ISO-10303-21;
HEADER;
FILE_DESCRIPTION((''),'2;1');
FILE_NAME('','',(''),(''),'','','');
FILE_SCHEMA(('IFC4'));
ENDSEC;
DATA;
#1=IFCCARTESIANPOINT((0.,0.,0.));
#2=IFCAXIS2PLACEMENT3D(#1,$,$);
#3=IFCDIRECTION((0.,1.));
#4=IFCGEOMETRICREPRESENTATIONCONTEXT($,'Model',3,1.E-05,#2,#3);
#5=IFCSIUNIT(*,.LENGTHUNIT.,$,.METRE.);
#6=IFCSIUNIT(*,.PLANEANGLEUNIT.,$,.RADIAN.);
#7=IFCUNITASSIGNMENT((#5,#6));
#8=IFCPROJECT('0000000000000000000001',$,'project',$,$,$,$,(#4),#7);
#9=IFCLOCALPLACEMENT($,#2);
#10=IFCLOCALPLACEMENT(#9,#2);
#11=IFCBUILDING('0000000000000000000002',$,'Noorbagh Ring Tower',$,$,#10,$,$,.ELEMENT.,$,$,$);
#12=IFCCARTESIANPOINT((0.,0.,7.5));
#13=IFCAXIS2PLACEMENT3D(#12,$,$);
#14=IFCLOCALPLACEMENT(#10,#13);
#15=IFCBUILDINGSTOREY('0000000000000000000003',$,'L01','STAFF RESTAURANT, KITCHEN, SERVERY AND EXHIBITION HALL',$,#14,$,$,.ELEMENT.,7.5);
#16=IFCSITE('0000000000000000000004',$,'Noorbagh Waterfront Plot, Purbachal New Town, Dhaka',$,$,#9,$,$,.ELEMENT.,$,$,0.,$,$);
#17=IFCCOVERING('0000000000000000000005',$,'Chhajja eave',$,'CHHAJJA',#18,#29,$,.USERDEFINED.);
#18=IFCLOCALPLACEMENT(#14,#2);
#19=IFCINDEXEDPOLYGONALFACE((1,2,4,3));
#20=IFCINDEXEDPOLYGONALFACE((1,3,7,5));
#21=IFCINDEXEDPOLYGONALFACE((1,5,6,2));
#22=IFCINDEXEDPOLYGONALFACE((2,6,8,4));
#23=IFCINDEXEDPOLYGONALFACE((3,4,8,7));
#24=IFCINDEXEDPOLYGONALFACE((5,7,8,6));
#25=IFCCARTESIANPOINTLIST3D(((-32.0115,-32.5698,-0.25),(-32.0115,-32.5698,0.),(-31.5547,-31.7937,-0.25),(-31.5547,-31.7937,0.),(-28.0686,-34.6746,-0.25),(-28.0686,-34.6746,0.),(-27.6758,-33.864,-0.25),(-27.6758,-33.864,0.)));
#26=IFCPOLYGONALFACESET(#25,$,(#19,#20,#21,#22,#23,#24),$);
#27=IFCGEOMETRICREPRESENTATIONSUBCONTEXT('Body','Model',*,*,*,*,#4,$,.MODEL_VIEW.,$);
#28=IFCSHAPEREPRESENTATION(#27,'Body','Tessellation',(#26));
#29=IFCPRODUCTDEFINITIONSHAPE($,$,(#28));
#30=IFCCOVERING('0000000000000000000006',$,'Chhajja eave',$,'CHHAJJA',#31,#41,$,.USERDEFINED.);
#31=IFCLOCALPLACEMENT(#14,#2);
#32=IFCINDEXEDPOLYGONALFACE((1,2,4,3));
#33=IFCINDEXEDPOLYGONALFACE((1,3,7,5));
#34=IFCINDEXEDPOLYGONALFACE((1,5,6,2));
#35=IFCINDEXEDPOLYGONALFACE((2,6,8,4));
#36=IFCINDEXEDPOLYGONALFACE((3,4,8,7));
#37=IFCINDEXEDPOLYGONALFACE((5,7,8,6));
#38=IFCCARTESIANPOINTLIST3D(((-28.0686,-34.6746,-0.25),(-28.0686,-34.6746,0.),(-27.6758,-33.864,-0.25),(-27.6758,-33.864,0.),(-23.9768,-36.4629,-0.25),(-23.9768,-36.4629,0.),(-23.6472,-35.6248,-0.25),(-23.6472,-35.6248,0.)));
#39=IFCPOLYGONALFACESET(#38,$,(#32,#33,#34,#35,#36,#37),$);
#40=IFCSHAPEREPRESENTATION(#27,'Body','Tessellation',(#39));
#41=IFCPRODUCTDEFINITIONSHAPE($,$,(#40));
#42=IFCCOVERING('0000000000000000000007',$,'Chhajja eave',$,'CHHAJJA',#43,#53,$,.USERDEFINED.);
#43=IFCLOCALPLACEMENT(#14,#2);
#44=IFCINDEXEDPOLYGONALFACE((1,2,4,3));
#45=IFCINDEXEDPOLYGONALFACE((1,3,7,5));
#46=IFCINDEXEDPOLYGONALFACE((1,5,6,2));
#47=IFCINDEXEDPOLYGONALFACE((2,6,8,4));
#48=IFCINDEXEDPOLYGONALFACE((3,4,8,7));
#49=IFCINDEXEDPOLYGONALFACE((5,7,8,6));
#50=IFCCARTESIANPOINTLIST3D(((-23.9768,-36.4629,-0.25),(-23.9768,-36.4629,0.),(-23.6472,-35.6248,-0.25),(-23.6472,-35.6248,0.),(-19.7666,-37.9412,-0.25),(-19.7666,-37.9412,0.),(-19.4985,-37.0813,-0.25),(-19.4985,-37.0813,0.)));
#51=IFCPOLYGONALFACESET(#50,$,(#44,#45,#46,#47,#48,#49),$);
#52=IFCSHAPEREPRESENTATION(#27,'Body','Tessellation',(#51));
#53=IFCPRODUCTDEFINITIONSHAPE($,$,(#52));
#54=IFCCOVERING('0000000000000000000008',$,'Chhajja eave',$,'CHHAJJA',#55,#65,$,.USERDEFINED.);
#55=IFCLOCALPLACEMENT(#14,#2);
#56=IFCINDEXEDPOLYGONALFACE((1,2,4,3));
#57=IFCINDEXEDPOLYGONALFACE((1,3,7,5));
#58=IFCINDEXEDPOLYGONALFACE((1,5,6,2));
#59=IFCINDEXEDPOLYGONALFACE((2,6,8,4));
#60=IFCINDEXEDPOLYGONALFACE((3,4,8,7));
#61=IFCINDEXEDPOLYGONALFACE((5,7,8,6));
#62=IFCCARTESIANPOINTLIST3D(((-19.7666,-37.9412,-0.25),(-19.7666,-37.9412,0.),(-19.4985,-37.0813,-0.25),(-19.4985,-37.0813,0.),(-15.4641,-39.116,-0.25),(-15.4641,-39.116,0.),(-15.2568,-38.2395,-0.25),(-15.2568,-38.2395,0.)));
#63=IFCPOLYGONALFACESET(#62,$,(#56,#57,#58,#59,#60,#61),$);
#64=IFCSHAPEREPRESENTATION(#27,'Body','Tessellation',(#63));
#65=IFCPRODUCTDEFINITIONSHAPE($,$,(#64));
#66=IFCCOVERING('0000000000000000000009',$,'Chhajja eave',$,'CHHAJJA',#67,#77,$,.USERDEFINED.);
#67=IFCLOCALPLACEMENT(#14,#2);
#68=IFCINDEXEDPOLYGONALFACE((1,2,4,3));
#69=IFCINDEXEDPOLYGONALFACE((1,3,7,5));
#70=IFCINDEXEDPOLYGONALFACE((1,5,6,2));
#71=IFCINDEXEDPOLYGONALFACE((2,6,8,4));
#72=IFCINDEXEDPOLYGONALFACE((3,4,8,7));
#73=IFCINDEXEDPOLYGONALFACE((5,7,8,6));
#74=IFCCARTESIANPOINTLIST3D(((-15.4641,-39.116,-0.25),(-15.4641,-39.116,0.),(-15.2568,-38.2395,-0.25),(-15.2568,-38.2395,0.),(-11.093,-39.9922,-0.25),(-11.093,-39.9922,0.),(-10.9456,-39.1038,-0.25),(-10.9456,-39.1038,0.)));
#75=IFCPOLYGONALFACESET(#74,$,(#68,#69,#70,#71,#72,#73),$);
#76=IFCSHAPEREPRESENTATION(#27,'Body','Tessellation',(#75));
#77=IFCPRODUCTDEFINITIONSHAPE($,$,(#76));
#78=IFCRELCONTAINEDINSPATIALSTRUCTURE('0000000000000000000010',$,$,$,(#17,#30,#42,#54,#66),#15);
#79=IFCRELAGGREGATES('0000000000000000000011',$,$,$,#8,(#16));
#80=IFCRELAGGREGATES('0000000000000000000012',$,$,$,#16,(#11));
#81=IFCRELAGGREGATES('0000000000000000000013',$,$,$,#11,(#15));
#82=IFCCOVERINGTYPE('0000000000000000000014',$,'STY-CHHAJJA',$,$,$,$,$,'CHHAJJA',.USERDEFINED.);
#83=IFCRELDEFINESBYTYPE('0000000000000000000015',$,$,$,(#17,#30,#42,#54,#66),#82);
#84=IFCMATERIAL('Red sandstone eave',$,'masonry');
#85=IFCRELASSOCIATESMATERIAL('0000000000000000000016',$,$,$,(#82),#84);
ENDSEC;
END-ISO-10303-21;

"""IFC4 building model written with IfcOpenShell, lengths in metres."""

from ifc_helpers import new_model, si_unit, direction, frame, origin, place, context, subcontext, project, spatial, polyline, outline, extrude, material, type_object, element, save


model = new_model("IFC4")

# Units and contexts
model_context = context("Model", 3, precision=1e-05, world=origin(), true_north=direction((0.0, 1.0)))
body_context = subcontext(model_context, "Body", "Model", "MODEL_VIEW")
ifc_project = project(units=[si_unit("LENGTHUNIT", "METRE"), si_unit("PLANEANGLEUNIT", "RADIAN")], contexts=[model_context])

# Site, building, storey
site_placement = place(None, origin())
site = spatial("IfcSite", under=ifc_project, at=site_placement, Name="Noorbagh Waterfront Plot, Purbachal New Town, Dhaka", CompositionType="ELEMENT", RefElevation=0.0)
building_placement = place(site_placement, origin())
building = spatial("IfcBuilding", under=site, at=building_placement, Name="Noorbagh Ring Tower", CompositionType="ELEMENT")
storey_placement = place(building_placement, frame((0.0, 0.0, 7.5)))
storey = spatial("IfcBuildingStorey", under=building, at=storey_placement, Name="L01", Description="STAFF RESTAURANT, KITCHEN, SERVERY AND EXHIBITION HALL", CompositionType="ELEMENT", Elevation=7.5)

# Coverings
ifc_material_1 = material(Name="Red sandstone eave", Category="masonry")
covering_type_1 = type_object("IfcCoveringType", Name="STY-CHHAJJA", ElementType="CHHAJJA", PredefinedType="USERDEFINED", material=ifc_material_1)
covering_1_placement = place(storey_placement, frame((0.0, 0.0, -0.25)))
element("IfcCovering", 1, at=covering_1_placement, inside=storey, type_object=covering_type_1, Name="Chhajja eave", ObjectType="CHHAJJA", PredefinedType="USERDEFINED", context=body_context, shape_type="SweptSolid", body=[
    extrude(outline(polyline([(-31.5547, -31.7937), (-27.6758, -33.864), (-28.0686, -34.6746), (-32.0115, -32.5698), (-31.5547, -31.7937)])), origin(), (0.0, 0.0, 1.0), 0.25),
])
covering_2_placement = place(storey_placement, frame((0.0, 0.0, -0.25)))
element("IfcCovering", 2, at=covering_2_placement, inside=storey, type_object=covering_type_1, Name="Chhajja eave", ObjectType="CHHAJJA", PredefinedType="USERDEFINED", context=body_context, shape_type="SweptSolid", body=[
    extrude(outline(polyline([(-27.6758, -33.864), (-23.6472, -35.6248), (-23.9768, -36.4629), (-28.0686, -34.6746), (-27.6758, -33.864)])), origin(), (0.0, 0.0, 1.0), 0.25),
])
covering_3_placement = place(storey_placement, frame((0.0, 0.0, -0.25)))
element("IfcCovering", 3, at=covering_3_placement, inside=storey, type_object=covering_type_1, Name="Chhajja eave", ObjectType="CHHAJJA", PredefinedType="USERDEFINED", context=body_context, shape_type="SweptSolid", body=[
    extrude(outline(polyline([(-23.6472, -35.6248), (-19.4985, -37.0813), (-19.7666, -37.9412), (-23.9768, -36.4629), (-23.6472, -35.6248)])), origin(), (0.0, 0.0, 1.0), 0.25),
])
covering_4_placement = place(storey_placement, frame((0.0, 0.0, -0.25)))
element("IfcCovering", 4, at=covering_4_placement, inside=storey, type_object=covering_type_1, Name="Chhajja eave", ObjectType="CHHAJJA", PredefinedType="USERDEFINED", context=body_context, shape_type="SweptSolid", body=[
    extrude(outline(polyline([(-19.4985, -37.0813), (-15.2568, -38.2395), (-15.4641, -39.116), (-19.7666, -37.9412), (-19.4985, -37.0813)])), origin(), (0.0, 0.0, 1.0), 0.25),
])
covering_5_placement = place(storey_placement, frame((0.0, 0.0, -0.25)))
element("IfcCovering", 5, at=covering_5_placement, inside=storey, type_object=covering_type_1, Name="Chhajja eave", ObjectType="CHHAJJA", PredefinedType="USERDEFINED", context=body_context, shape_type="SweptSolid", body=[
    extrude(outline(polyline([(-15.2568, -38.2395), (-10.9456, -39.1038), (-11.093, -39.9922), (-15.4641, -39.116), (-15.2568, -38.2395)])), origin(), (0.0, 0.0, 1.0), 0.25),
])

save(model, "model.ifc")
